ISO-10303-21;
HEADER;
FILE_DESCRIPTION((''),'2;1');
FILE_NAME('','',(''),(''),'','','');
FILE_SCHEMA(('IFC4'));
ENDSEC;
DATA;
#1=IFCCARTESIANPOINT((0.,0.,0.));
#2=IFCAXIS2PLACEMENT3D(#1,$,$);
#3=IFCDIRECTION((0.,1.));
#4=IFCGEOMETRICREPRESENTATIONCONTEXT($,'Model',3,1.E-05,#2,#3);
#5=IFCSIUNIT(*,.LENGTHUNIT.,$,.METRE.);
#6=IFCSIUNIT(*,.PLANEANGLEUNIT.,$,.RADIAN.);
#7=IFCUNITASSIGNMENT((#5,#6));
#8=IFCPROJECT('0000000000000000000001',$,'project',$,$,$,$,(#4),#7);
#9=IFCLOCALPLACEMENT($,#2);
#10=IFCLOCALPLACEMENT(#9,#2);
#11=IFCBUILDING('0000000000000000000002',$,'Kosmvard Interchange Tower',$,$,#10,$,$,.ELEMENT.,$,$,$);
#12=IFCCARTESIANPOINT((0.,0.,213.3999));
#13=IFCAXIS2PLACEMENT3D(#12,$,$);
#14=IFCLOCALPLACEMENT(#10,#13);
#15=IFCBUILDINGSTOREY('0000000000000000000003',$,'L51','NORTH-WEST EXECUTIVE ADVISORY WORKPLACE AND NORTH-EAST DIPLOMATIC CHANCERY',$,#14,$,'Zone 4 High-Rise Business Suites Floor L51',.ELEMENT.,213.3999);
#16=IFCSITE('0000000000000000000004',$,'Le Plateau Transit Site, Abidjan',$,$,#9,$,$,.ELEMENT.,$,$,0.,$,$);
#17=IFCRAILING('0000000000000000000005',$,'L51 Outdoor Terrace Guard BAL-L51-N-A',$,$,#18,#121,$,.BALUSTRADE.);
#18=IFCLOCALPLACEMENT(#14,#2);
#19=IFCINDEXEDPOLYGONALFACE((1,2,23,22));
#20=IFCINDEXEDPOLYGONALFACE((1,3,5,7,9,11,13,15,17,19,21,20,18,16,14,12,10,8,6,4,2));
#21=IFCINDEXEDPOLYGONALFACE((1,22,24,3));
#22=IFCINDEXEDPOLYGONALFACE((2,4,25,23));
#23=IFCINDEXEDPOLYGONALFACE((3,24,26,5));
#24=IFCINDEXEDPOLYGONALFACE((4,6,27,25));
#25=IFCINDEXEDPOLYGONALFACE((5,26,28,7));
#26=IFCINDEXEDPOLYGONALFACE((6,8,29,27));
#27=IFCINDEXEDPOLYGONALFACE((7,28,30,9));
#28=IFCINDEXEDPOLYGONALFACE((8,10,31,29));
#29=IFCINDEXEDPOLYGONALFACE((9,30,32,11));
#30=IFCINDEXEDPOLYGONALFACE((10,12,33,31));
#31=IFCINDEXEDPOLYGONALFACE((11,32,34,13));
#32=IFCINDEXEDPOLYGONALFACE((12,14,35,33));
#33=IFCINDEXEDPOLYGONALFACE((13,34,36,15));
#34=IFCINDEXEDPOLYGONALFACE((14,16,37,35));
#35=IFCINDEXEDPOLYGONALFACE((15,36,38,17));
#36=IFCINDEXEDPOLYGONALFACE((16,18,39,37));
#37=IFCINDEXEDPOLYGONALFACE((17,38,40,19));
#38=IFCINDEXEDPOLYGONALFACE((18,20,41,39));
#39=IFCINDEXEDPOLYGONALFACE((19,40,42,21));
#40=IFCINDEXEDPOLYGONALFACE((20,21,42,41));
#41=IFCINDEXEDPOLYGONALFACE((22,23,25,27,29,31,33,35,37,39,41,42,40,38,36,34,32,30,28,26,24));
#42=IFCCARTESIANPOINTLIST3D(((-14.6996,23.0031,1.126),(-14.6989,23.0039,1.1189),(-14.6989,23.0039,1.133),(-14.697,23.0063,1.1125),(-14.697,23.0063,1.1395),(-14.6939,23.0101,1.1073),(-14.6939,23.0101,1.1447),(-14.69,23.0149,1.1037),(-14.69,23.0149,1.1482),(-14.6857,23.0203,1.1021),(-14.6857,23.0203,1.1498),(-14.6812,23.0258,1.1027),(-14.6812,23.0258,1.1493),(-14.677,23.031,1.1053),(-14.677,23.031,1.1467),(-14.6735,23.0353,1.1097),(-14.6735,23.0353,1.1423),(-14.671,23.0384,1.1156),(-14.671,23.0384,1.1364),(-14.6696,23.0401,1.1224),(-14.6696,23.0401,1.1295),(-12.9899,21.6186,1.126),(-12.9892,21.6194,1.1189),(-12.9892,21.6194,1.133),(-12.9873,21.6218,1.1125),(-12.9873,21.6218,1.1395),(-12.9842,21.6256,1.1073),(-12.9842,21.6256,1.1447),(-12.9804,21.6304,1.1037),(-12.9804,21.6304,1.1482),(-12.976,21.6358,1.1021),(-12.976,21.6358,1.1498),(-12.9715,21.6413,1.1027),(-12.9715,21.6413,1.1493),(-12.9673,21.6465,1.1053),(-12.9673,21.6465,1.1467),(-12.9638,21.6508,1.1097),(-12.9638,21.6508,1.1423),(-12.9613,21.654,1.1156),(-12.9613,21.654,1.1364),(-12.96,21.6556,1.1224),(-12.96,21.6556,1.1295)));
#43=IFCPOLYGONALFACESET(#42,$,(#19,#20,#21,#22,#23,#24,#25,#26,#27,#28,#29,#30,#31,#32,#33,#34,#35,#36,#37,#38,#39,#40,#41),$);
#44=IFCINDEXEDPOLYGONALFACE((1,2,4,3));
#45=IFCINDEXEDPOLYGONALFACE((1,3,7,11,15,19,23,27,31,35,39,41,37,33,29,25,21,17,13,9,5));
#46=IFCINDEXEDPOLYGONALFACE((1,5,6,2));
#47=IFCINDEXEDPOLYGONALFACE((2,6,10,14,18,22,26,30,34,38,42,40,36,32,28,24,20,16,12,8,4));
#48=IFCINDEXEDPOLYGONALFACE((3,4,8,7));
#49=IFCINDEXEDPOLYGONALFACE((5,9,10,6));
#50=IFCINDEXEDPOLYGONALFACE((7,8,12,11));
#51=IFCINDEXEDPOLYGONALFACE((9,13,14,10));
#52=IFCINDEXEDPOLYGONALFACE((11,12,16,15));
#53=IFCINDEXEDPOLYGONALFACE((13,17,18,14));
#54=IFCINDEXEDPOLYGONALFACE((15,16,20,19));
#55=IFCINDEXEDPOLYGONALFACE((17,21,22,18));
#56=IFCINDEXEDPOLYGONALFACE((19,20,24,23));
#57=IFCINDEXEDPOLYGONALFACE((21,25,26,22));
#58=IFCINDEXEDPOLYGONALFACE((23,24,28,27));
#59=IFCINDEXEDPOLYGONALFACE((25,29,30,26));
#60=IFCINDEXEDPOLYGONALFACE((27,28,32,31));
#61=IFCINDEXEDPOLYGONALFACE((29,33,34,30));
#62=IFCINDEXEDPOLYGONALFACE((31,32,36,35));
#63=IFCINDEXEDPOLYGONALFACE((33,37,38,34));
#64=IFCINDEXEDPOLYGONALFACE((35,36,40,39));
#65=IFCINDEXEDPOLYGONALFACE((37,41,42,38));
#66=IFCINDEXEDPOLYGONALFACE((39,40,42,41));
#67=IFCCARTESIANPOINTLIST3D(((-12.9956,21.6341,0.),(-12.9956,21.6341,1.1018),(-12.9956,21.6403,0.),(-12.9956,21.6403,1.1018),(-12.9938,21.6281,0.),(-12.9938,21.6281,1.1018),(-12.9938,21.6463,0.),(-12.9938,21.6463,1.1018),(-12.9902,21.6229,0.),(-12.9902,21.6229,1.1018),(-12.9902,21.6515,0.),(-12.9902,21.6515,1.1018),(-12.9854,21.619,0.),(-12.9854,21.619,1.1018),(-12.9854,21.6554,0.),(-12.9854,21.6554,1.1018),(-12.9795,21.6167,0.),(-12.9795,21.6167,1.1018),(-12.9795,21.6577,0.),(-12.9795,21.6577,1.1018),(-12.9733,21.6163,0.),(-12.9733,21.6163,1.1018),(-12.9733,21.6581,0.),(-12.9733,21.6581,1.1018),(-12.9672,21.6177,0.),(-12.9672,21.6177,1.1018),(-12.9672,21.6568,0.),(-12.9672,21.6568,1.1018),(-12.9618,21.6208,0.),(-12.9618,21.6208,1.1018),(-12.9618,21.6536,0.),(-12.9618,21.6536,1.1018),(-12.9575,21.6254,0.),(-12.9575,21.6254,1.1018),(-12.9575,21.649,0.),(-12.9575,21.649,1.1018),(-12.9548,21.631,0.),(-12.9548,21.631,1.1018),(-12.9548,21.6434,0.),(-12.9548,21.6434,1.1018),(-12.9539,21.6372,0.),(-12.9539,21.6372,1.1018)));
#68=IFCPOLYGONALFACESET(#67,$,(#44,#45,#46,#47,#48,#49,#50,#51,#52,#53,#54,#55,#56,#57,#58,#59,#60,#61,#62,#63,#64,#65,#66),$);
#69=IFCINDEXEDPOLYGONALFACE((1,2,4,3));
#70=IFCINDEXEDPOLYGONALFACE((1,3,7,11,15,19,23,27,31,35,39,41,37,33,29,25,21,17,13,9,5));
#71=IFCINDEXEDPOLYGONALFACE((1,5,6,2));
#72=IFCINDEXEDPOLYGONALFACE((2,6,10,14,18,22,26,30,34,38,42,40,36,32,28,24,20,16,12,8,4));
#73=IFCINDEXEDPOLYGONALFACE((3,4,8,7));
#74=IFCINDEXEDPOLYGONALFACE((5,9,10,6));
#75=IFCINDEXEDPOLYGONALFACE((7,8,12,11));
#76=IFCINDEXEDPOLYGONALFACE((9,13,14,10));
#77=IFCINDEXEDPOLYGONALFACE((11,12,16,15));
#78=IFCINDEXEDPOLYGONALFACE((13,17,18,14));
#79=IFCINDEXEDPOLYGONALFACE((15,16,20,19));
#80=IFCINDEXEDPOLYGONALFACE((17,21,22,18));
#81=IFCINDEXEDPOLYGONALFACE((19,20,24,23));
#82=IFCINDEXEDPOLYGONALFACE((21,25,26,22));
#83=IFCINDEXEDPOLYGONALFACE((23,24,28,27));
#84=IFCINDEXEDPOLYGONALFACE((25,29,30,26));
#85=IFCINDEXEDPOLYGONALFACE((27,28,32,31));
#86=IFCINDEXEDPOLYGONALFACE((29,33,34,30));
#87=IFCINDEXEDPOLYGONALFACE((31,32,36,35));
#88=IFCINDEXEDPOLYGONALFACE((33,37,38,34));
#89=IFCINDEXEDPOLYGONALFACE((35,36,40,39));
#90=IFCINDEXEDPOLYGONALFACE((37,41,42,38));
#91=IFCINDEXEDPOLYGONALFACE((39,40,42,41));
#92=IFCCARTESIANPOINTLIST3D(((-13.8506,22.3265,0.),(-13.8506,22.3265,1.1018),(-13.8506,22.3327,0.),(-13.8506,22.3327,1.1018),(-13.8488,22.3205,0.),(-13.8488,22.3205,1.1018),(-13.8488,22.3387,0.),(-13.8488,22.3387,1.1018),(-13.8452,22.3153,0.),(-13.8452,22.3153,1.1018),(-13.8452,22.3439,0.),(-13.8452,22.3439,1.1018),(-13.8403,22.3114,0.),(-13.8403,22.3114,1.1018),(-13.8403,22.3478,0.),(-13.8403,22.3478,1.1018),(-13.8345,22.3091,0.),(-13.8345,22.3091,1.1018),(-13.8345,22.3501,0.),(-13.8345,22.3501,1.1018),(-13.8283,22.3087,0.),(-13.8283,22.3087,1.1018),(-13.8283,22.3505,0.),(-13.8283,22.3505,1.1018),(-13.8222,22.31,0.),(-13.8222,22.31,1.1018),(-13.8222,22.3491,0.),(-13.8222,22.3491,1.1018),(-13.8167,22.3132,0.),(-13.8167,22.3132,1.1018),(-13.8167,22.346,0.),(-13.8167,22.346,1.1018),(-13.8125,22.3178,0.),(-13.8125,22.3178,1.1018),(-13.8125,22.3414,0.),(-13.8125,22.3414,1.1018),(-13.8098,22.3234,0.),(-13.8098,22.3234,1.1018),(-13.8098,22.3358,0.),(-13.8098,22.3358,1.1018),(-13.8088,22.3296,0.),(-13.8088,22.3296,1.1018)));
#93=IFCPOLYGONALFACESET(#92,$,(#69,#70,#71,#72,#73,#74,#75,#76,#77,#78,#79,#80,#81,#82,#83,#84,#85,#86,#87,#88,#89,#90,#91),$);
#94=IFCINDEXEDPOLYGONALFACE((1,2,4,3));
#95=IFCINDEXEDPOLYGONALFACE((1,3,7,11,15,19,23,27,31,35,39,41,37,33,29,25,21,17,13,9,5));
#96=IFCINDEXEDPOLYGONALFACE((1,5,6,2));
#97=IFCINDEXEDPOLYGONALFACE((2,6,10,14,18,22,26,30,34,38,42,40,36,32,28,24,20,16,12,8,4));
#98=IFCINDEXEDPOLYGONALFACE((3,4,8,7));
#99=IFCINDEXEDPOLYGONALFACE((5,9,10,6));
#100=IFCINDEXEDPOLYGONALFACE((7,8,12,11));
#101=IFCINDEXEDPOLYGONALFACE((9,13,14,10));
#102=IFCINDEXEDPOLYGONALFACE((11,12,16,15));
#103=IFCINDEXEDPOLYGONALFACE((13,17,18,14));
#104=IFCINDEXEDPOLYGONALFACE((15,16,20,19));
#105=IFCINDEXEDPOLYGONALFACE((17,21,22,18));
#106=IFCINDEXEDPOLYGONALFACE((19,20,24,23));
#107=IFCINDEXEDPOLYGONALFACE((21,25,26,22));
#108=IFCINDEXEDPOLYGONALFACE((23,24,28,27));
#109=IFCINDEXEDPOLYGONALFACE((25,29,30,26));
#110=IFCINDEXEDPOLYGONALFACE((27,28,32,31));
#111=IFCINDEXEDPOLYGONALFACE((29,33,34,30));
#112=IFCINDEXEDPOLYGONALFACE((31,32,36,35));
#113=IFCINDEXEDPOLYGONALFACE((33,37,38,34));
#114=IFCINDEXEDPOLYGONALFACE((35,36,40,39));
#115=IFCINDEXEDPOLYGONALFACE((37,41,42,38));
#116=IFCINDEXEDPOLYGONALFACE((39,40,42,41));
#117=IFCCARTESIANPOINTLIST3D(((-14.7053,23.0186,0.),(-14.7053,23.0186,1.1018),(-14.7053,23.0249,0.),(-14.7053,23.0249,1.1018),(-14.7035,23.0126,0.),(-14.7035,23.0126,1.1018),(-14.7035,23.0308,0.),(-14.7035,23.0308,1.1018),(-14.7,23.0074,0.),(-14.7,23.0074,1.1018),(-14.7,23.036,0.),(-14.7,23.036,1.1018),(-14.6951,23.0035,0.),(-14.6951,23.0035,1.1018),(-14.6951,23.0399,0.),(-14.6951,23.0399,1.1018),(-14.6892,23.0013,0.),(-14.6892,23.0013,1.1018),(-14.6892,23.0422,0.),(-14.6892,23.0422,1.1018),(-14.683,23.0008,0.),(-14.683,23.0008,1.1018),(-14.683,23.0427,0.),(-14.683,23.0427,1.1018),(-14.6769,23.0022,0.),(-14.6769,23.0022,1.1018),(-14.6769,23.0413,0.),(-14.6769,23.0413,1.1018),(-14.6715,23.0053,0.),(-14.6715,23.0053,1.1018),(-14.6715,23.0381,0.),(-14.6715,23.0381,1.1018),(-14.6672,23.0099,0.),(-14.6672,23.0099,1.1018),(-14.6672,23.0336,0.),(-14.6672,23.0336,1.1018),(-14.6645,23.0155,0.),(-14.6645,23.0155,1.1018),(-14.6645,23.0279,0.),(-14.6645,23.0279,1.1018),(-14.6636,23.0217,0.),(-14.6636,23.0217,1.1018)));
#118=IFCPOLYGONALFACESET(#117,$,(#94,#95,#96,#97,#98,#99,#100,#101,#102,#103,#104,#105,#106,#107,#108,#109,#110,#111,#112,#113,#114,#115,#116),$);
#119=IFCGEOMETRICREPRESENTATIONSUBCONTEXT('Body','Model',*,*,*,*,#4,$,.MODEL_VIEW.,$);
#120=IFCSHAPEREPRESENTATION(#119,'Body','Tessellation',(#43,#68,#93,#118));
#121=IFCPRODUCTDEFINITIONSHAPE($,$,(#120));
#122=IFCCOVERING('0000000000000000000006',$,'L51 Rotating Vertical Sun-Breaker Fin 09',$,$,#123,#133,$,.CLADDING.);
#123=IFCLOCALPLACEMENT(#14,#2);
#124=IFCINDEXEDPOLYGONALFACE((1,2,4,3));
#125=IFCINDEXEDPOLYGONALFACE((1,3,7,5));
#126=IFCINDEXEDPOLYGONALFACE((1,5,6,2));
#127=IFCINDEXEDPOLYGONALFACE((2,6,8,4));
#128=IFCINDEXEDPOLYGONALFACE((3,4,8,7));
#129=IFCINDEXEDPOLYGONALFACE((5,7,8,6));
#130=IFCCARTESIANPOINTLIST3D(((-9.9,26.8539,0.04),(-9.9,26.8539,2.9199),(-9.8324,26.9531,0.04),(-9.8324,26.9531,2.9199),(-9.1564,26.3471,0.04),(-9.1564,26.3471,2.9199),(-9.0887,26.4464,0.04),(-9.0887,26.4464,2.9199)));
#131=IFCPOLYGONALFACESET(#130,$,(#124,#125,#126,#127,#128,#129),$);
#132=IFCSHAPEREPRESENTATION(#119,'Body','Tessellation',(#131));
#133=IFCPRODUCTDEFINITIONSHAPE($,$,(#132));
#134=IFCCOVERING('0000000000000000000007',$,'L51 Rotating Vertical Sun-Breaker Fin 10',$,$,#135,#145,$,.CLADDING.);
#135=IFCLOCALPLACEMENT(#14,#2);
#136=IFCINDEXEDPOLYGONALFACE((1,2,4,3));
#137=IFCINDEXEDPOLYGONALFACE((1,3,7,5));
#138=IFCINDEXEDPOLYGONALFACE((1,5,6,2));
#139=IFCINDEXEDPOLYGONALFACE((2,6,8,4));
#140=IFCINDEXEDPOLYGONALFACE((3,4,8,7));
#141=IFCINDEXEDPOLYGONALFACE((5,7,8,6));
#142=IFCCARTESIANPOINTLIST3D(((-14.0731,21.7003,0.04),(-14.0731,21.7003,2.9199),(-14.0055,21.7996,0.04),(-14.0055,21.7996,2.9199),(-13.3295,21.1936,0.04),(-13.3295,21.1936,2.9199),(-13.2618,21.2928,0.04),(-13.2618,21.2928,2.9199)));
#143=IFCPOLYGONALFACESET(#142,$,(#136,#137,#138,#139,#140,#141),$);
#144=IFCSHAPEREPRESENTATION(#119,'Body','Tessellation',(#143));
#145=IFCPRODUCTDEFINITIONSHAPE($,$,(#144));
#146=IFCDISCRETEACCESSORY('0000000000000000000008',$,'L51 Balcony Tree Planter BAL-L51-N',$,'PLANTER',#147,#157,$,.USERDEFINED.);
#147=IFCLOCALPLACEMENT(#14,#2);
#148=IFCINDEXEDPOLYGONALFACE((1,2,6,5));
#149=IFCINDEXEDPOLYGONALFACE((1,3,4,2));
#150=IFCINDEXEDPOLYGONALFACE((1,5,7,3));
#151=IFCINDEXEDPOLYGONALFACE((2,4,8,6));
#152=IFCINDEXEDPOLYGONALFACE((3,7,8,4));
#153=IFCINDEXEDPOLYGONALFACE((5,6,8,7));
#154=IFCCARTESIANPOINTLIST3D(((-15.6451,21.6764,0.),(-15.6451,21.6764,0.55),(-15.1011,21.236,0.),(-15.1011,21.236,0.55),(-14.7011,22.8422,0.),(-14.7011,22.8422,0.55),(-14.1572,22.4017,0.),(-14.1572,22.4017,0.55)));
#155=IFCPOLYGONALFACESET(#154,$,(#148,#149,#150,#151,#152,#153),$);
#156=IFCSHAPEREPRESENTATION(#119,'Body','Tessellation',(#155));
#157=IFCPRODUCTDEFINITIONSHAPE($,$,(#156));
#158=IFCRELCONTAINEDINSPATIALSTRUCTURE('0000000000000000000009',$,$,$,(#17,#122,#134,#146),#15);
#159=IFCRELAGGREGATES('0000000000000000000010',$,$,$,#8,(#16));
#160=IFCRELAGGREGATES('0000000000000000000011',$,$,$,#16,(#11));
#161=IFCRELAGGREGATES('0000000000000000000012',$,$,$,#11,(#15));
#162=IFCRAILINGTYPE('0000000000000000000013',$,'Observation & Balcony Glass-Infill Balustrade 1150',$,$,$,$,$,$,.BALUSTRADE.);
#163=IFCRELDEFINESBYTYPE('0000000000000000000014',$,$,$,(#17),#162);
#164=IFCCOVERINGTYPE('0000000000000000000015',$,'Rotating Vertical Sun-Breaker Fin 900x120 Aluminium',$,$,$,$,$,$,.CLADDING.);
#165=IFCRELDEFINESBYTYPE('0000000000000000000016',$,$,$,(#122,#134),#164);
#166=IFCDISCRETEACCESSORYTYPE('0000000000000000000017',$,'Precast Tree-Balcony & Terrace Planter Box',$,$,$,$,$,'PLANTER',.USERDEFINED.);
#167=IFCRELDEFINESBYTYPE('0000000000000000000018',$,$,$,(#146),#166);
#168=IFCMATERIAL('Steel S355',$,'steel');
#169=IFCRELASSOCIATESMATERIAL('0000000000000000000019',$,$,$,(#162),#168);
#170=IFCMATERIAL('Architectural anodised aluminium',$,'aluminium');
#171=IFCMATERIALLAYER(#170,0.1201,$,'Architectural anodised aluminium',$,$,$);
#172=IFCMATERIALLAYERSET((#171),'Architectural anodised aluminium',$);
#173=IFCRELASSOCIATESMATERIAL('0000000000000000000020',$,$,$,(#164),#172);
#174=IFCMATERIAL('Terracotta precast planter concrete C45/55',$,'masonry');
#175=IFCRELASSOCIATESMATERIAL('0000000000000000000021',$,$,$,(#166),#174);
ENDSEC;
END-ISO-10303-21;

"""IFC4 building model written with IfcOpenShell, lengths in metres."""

from ifc_helpers import new_model, si_unit, direction, frame, origin, origin_2d, place, context, subcontext, project, spatial, rectangle, circle, extrude, source, transform, mapped, material, layer, layer_set, type_object, element, save


model = new_model("IFC4")

# Units and contexts
model_context = context("Model", 3, precision=1e-05, world=origin(), true_north=direction((0.0, 1.0)))
body_context = subcontext(model_context, "Body", "Model", "MODEL_VIEW")
ifc_project = project(units=[si_unit("LENGTHUNIT", "METRE"), si_unit("PLANEANGLEUNIT", "RADIAN")], contexts=[model_context])

# Site, building, storey
site_placement = place(None, origin())
site = spatial("IfcSite", under=ifc_project, at=site_placement, Name="Le Plateau Transit Site, Abidjan", CompositionType="ELEMENT", RefElevation=0.0)
building_placement = place(site_placement, origin())
building = spatial("IfcBuilding", under=site, at=building_placement, Name="Kosmvard Interchange Tower", CompositionType="ELEMENT")
storey_placement = place(building_placement, frame((0.0, 0.0, 213.3999)))
storey = spatial("IfcBuildingStorey", under=building, at=storey_placement, Name="L51", Description="NORTH-WEST EXECUTIVE ADVISORY WORKPLACE AND NORTH-EAST DIPLOMATIC CHANCERY", LongName="Zone 4 High-Rise Business Suites Floor L51", CompositionType="ELEMENT", Elevation=213.3999)

# Shared definitions
ifc_material_1 = material(Name="Steel S355", Category="steel")

# Railing
railing_type = type_object("IfcRailingType", Name="Observation & Balcony Glass-Infill Balustrade 1150", PredefinedType="BALUSTRADE", material=ifc_material_1)
shared_shape_1 = source(origin(), body_context, "Body", "SweptSolid", [
    extrude(circle(Radius=0.0239, at=origin_2d()), frame((0.0, 0.0, 1.126), z_axis=(-0.777141, 0.629326, 0.0), x_axis=(-0.629326, -0.777141, 0.0)), (0.0, 0.0, 1.0), 2.2),
    extrude(circle(Radius=0.021, at=origin_2d()), origin(), (0.0, 0.0, 1.0), 1.1018),
    extrude(circle(Radius=0.021, at=origin_2d()), frame((-0.855, 0.6924, 0.0)), (0.0, 0.0, 1.0), 1.1018),
    extrude(circle(Radius=0.021, at=origin_2d()), frame((-1.7097, 1.3845, 0.0)), (0.0, 0.0, 1.0), 1.1018),
])
railing_1_placement = place(storey_placement, frame((-12.9749, 21.6372, 0.0)))
element("IfcRailing", 1, at=railing_1_placement, inside=storey, type_object=railing_type, Name="L51 Outdoor Terrace Guard BAL-L51-N-A", PredefinedType="BALUSTRADE", context=body_context, shape_type="MappedRepresentation", body=[
    mapped(shared_shape_1, transform((0.0, 0.0, 0.0), scale=1.0)),
])

# Coverings
ifc_material_2 = material(Name="Architectural anodised aluminium", Category="aluminium")
ifc_layer_1 = layer(ifc_material_2, 0.1201, Name="Architectural anodised aluminium")
ifc_layer_set_1 = layer_set([ifc_layer_1], Name="Architectural anodised aluminium")
covering_type = type_object("IfcCoveringType", Name="Rotating Vertical Sun-Breaker Fin 900x120 Aluminium", PredefinedType="CLADDING", material=ifc_layer_set_1)
shared_shape_2 = source(origin(), body_context, "Body", "SweptSolid", [
    extrude(rectangle(XDim=0.8999, YDim=0.1201, at=origin_2d()), origin(), (0.0, 0.0, 1.0), 2.8799),
])
for number, where, z_axis, x_axis, name in (
    (2, (-9.4944, 26.6501, 0.04), (0.0, 0.0, 1.0), (-0.826393, 0.563093, 0.0), "L51 Rotating Vertical Sun-Breaker Fin 09"),
    (3, (-13.6675, 21.4966, 0.04), (0.0, 0.0, 1.0), (-0.826393, 0.563093, 0.0), "L51 Rotating Vertical Sun-Breaker Fin 10"),
):
    element("IfcCovering", number, at=place(storey_placement, frame(where, z_axis=z_axis, x_axis=x_axis)), inside=storey, type_object=covering_type, Name=name, PredefinedType="CLADDING", context=body_context, shape_type="MappedRepresentation", body=[
        mapped(shared_shape_2, transform((0.0, 0.0, 0.0), scale=1.0)),
    ])

# Discrete accessory
ifc_material_3 = material(Name="Terracotta precast planter concrete C45/55", Category="masonry")
discrete_accessory_type = type_object("IfcDiscreteAccessoryType", Name="Precast Tree-Balcony & Terrace Planter Box", ElementType="PLANTER", PredefinedType="USERDEFINED", material=ifc_material_3)
shared_shape_3 = source(origin(), body_context, "Body", "SweptSolid", [
    extrude(rectangle(XDim=1.5, YDim=0.7, at=origin_2d()), origin(), (0.0, 0.0, 1.0), 0.55),
])
discrete_accessory_placement = place(storey_placement, frame((-14.9011, 22.0391, 0.0), z_axis=(0.0, 0.0, 1.0), x_axis=(0.62932, 0.777146, 0.0)))
element("IfcDiscreteAccessory", 4, at=discrete_accessory_placement, inside=storey, type_object=discrete_accessory_type, Name="L51 Balcony Tree Planter BAL-L51-N", ObjectType="PLANTER", PredefinedType="USERDEFINED", context=body_context, shape_type="MappedRepresentation", body=[
    mapped(shared_shape_3, transform((0.0, 0.0, 0.0), scale=1.0)),
])

save(model, "model.ifc")
